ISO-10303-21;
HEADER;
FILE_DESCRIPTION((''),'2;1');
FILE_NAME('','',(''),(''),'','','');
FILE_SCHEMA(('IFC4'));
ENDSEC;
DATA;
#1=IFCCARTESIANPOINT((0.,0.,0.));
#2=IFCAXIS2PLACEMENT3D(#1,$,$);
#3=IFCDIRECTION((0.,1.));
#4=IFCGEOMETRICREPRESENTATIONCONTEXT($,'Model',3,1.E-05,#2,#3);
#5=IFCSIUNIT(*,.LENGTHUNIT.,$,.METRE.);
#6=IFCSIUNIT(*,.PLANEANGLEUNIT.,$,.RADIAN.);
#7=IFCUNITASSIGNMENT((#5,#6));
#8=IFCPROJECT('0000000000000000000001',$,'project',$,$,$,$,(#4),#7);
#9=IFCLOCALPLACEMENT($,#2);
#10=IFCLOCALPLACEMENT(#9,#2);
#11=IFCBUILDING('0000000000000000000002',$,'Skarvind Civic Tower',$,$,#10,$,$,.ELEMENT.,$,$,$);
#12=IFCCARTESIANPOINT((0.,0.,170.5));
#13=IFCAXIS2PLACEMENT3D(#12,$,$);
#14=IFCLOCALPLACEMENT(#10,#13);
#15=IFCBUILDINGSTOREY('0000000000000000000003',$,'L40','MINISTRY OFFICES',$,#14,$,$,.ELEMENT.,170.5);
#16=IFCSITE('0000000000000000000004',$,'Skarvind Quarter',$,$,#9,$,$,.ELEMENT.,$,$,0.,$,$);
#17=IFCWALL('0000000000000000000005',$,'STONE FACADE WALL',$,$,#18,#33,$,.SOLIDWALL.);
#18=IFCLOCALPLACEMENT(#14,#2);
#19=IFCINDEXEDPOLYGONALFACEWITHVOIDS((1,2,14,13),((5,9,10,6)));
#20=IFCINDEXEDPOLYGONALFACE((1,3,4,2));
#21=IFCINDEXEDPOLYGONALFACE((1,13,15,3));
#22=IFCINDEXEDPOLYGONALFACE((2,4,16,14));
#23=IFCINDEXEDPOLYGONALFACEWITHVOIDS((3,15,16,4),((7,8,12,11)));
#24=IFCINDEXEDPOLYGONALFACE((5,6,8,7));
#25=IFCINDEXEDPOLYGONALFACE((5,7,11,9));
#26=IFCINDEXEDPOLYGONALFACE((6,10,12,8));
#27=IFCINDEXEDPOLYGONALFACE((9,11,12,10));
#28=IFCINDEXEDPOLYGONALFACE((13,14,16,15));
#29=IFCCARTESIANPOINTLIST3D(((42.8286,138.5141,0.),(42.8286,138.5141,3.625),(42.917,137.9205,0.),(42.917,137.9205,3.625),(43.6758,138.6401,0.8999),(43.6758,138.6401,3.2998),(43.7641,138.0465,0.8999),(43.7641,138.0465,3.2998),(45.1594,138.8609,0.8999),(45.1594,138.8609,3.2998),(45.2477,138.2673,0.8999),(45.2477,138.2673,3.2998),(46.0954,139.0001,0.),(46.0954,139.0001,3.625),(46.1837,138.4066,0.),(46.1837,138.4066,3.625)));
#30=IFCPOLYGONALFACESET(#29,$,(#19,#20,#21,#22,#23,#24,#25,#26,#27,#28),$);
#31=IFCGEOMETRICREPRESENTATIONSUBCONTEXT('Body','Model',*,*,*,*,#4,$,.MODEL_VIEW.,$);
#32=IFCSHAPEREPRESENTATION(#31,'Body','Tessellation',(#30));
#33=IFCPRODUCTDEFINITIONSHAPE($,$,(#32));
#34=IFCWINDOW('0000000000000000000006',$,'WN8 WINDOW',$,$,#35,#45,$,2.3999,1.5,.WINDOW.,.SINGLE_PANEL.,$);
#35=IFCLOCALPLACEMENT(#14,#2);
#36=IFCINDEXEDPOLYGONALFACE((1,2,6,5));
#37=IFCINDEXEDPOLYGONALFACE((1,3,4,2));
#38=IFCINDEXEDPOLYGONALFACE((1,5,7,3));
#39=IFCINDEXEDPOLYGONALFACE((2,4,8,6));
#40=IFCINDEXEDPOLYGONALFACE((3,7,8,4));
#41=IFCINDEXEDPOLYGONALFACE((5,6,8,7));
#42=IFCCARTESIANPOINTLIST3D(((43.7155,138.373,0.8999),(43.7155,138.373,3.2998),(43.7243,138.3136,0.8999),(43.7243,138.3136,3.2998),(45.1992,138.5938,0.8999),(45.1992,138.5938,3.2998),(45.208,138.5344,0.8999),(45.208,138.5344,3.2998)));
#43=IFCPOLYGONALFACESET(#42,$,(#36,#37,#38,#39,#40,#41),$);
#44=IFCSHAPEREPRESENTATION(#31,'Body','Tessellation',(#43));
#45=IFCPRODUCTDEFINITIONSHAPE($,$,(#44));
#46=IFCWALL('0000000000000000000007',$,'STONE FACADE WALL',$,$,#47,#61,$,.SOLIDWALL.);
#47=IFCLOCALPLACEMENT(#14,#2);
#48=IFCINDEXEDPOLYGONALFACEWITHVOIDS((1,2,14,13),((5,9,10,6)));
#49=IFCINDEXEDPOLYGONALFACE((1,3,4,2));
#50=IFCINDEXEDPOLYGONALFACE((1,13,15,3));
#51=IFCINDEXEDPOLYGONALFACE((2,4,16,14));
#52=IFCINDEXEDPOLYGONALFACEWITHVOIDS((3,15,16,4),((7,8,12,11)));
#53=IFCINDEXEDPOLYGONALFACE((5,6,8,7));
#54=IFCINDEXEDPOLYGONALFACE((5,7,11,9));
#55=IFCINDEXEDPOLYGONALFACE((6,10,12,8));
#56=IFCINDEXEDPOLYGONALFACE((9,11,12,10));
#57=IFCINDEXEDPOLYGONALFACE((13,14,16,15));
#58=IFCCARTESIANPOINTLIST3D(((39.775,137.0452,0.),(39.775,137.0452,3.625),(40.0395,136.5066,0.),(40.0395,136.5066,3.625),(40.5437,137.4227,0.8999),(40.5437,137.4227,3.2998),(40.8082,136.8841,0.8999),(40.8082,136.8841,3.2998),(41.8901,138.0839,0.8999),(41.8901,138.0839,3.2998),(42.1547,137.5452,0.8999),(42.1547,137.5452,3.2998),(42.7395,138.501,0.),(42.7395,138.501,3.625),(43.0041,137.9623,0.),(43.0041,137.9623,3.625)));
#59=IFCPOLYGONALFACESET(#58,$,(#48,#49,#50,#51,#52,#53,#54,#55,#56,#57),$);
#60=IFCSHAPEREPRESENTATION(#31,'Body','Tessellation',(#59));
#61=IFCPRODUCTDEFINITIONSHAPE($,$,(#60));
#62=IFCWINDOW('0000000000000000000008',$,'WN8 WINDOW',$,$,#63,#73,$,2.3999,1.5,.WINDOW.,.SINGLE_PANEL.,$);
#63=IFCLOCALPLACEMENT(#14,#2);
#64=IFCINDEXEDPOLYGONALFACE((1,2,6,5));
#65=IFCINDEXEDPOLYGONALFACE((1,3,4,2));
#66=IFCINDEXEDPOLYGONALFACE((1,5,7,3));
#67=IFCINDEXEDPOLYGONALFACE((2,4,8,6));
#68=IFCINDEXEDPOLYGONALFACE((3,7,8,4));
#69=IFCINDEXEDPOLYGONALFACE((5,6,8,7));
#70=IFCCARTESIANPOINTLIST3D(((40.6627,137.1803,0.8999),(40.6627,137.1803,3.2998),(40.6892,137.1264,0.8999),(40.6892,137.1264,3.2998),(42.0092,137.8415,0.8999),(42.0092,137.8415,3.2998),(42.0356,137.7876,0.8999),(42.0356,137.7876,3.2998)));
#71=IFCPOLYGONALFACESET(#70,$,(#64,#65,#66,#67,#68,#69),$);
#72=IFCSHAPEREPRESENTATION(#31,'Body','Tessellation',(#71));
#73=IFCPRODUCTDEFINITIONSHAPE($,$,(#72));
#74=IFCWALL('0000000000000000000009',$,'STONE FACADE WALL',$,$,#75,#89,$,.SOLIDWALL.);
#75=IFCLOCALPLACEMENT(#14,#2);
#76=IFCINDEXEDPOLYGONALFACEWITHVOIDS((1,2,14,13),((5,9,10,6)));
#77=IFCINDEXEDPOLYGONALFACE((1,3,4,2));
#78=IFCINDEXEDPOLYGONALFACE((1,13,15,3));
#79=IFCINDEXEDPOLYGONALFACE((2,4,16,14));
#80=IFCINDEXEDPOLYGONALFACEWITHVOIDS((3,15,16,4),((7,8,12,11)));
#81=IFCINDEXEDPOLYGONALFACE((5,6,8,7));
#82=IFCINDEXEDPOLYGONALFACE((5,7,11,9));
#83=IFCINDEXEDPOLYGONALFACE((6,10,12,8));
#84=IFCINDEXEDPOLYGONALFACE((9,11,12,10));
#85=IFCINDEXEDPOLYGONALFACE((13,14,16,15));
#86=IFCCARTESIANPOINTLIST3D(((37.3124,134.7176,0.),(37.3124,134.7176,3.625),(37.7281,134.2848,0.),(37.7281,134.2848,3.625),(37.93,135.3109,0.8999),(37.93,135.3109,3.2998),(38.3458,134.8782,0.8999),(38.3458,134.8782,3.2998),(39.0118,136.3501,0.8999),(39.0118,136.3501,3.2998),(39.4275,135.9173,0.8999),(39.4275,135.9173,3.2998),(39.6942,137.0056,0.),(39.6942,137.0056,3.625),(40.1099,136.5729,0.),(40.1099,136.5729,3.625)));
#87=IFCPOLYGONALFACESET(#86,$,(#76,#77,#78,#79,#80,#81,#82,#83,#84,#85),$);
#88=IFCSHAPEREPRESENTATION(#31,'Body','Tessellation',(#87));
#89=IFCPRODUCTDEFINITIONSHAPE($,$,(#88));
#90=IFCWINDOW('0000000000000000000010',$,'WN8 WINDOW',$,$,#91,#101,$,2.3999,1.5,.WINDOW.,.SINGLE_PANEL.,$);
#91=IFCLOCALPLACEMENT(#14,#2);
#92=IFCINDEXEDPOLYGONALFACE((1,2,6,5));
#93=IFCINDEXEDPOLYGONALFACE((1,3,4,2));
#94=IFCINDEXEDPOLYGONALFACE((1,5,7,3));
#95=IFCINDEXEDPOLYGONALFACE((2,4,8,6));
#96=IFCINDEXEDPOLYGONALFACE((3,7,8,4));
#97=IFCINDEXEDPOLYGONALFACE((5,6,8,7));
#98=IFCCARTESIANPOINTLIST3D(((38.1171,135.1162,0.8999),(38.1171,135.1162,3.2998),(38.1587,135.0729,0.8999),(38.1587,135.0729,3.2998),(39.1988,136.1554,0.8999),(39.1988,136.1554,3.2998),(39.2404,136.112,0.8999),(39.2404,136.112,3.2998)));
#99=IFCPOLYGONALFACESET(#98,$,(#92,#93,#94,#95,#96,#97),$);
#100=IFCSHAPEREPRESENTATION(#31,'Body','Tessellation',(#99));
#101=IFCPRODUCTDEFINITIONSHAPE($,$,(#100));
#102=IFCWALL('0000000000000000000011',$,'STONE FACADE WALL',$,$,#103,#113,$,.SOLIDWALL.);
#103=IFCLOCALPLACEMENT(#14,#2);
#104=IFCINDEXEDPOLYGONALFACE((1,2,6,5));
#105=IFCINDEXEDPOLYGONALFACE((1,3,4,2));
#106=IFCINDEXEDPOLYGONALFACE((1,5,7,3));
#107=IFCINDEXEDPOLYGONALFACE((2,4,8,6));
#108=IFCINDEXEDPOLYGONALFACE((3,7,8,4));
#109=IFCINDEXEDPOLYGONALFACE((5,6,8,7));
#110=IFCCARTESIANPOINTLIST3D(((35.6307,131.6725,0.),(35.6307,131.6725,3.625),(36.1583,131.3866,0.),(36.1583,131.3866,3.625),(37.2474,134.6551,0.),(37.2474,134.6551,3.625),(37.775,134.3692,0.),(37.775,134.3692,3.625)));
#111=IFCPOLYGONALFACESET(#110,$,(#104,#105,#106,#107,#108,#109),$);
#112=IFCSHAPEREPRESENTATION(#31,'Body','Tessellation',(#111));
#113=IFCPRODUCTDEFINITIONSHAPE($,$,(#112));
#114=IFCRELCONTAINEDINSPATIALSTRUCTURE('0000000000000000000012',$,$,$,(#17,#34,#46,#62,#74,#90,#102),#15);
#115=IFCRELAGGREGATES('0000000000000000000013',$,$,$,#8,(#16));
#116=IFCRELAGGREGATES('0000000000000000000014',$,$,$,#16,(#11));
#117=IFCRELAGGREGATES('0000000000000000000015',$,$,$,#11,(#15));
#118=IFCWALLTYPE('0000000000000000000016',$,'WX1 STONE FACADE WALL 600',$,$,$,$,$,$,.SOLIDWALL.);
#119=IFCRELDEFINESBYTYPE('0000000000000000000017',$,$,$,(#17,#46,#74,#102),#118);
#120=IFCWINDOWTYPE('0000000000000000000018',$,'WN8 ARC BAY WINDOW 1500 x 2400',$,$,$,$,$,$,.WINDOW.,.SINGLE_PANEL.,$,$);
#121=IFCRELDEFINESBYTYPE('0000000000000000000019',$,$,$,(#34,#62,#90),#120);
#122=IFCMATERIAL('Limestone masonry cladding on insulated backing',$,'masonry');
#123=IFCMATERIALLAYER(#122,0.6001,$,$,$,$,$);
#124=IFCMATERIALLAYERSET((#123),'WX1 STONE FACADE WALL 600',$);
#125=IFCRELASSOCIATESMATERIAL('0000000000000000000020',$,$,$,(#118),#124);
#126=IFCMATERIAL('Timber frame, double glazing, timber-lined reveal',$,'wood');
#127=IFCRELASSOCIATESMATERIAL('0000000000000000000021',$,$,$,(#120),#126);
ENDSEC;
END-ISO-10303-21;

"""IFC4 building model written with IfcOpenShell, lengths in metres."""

from ifc_helpers import new_model, si_unit, direction, frame, frame_2d, origin, place, context, subcontext, project, spatial, rectangle, extrude, material, layer, layer_set, type_object, element, fill, save


model = new_model("IFC4")

# Units and contexts
model_context = context("Model", 3, precision=1e-05, world=origin(), true_north=direction((0.0, 1.0)))
body_context = subcontext(model_context, "Body", "Model", "MODEL_VIEW")
ifc_project = project(units=[si_unit("LENGTHUNIT", "METRE"), si_unit("PLANEANGLEUNIT", "RADIAN")], contexts=[model_context])

# Site, building, storey
site_placement = place(None, origin())
site = spatial("IfcSite", under=ifc_project, at=site_placement, Name="Skarvind Quarter", CompositionType="ELEMENT", RefElevation=0.0)
building_placement = place(site_placement, origin())
building = spatial("IfcBuilding", under=site, at=building_placement, Name="Skarvind Civic Tower", CompositionType="ELEMENT")
storey_placement = place(building_placement, frame((0.0, 0.0, 170.5)))
storey = spatial("IfcBuildingStorey", under=building, at=storey_placement, Name="L40", Description="MINISTRY OFFICES", CompositionType="ELEMENT", Elevation=170.5)

# Walls, openings, windows
ifc_material_1 = material(Name="Limestone masonry cladding on insulated backing", Category="masonry")
ifc_layer_1 = layer(ifc_material_1, 0.6001)
ifc_layer_set_1 = layer_set([ifc_layer_1], Name="WX1 STONE FACADE WALL 600")
wall_type_1 = type_object("IfcWallType", Name="WX1 STONE FACADE WALL 600", PredefinedType="SOLIDWALL", material=ifc_layer_set_1)
wall_1_placement = place(storey_placement, frame((42.8728, 138.2173, 0.0), z_axis=(0.0, 0.0, 1.0), x_axis=(0.989111, 0.147173, 0.0)))
wall_1 = element("IfcWall", 1, at=wall_1_placement, inside=storey, type_object=wall_type_1, Name="STONE FACADE WALL", PredefinedType="SOLIDWALL", context=body_context, shape_type="SweptSolid", body=[
    extrude(rectangle(XDim=3.3027, YDim=0.6001, at=frame_2d((1.6514, 0.0))), origin(), (0.0, 0.0, 1.0), 3.625),
])
opening_1_placement = place(wall_1_placement, frame((0.8564, 0.0, 0.8999)))
opening_1 = element("IfcOpeningElement", 2, at=opening_1_placement, cuts=wall_1, PredefinedType="OPENING", context=body_context, shape_type="SweptSolid", body=[
    extrude(rectangle(XDim=1.5, YDim=2.3999, at=frame_2d((0.75, 1.2))), frame((0.0, 0.3101, 0.0), z_axis=(0.0, -1.0, 0.0), x_axis=(1.0, 0.0, 0.0)), (0.0, 0.0, 1.0), 0.6201),
])
ifc_material_2 = material(Name="Timber frame, double glazing, timber-lined reveal", Category="wood")
window_type = type_object("IfcWindowType", Name="WN8 ARC BAY WINDOW 1500 x 2400", PartitioningType="SINGLE_PANEL", PredefinedType="WINDOW", material=ifc_material_2)
window_1_placement = place(opening_1_placement, origin())
window_1 = element("IfcWindow", 3, at=window_1_placement, inside=storey, type_object=window_type, Name="WN8 WINDOW", OverallHeight=2.3999, OverallWidth=1.5, PartitioningType="SINGLE_PANEL", PredefinedType="WINDOW", context=body_context, shape_type="SweptSolid", body=[
    extrude(rectangle(XDim=1.5, YDim=2.3999, at=frame_2d((0.75, 1.2))), frame((0.0, 0.03, 0.0), z_axis=(0.0, -1.0, 0.0), x_axis=(1.0, 0.0, 0.0)), (0.0, 0.0, 1.0), 0.0601),
])
fill(opening_1, window_1)
wall_2_placement = place(storey_placement, frame((39.9072, 136.7759, 0.0), z_axis=(0.0, 0.0, 1.0), x_axis=(0.897612, 0.440786, 0.0)))
wall_2 = element("IfcWall", 4, at=wall_2_placement, inside=storey, type_object=wall_type_1, Name="STONE FACADE WALL", PredefinedType="SOLIDWALL", context=body_context, shape_type="SweptSolid", body=[
    extrude(rectangle(XDim=3.3027, YDim=0.6001, at=frame_2d((1.6514, 0.0))), origin(), (0.0, 0.0, 1.0), 3.625),
])
opening_2_placement = place(wall_2_placement, frame((0.8564, 0.0, 0.8999)))
opening_2 = element("IfcOpeningElement", 5, at=opening_2_placement, cuts=wall_2, PredefinedType="OPENING", context=body_context, shape_type="SweptSolid", body=[
    extrude(rectangle(XDim=1.5, YDim=2.3999, at=frame_2d((0.75, 1.2))), frame((0.0, 0.3101, 0.0), z_axis=(0.0, -1.0, 0.0), x_axis=(1.0, 0.0, 0.0)), (0.0, 0.0, 1.0), 0.6201),
])
window_2_placement = place(opening_2_placement, origin())
window_2 = element("IfcWindow", 6, at=window_2_placement, inside=storey, type_object=window_type, Name="WN8 WINDOW", OverallHeight=2.3999, OverallWidth=1.5, PartitioningType="SINGLE_PANEL", PredefinedType="WINDOW", context=body_context, shape_type="SweptSolid", body=[
    extrude(rectangle(XDim=1.5, YDim=2.3999, at=frame_2d((0.75, 1.2))), frame((0.0, 0.03, 0.0), z_axis=(0.0, -1.0, 0.0), x_axis=(1.0, 0.0, 0.0)), (0.0, 0.0, 1.0), 0.0601),
])
fill(opening_2, window_2)
wall_3_placement = place(storey_placement, frame((37.5203, 134.5012, 0.0), z_axis=(0.0, 0.0, 1.0), x_axis=(0.721157, 0.692772, 0.0)))
wall_3 = element("IfcWall", 7, at=wall_3_placement, inside=storey, type_object=wall_type_1, Name="STONE FACADE WALL", PredefinedType="SOLIDWALL", context=body_context, shape_type="SweptSolid", body=[
    extrude(rectangle(XDim=3.3027, YDim=0.6001, at=frame_2d((1.6514, 0.0))), origin(), (0.0, 0.0, 1.0), 3.625),
])
opening_3_placement = place(wall_3_placement, frame((0.8564, 0.0, 0.8999)))
opening_3 = element("IfcOpeningElement", 8, at=opening_3_placement, cuts=wall_3, PredefinedType="OPENING", context=body_context, shape_type="SweptSolid", body=[
    extrude(rectangle(XDim=1.5, YDim=2.3999, at=frame_2d((0.75, 1.2))), frame((0.0, 0.3101, 0.0), z_axis=(0.0, -1.0, 0.0), x_axis=(1.0, 0.0, 0.0)), (0.0, 0.0, 1.0), 0.6201),
])
window_3_placement = place(opening_3_placement, origin())
window_3 = element("IfcWindow", 9, at=window_3_placement, inside=storey, type_object=window_type, Name="WN8 WINDOW", OverallHeight=2.3999, OverallWidth=1.5, PartitioningType="SINGLE_PANEL", PredefinedType="WINDOW", context=body_context, shape_type="SweptSolid", body=[
    extrude(rectangle(XDim=1.5, YDim=2.3999, at=frame_2d((0.75, 1.2))), frame((0.0, 0.03, 0.0), z_axis=(0.0, -1.0, 0.0), x_axis=(1.0, 0.0, 0.0)), (0.0, 0.0, 1.0), 0.0601),
])
fill(opening_3, window_3)

# Wall
wall_4_placement = place(storey_placement, frame((35.8945, 131.5295, 0.0), z_axis=(0.0, 0.0, 1.0), x_axis=(0.476531, 0.879158, 0.0)))
element("IfcWall", 10, at=wall_4_placement, inside=storey, type_object=wall_type_1, Name="STONE FACADE WALL", PredefinedType="SOLIDWALL", context=body_context, shape_type="SweptSolid", body=[
    extrude(rectangle(XDim=3.3926, YDim=0.6001, at=frame_2d((1.6963, 0.0))), origin(), (0.0, 0.0, 1.0), 3.625),
])

save(model, "model.ifc")
